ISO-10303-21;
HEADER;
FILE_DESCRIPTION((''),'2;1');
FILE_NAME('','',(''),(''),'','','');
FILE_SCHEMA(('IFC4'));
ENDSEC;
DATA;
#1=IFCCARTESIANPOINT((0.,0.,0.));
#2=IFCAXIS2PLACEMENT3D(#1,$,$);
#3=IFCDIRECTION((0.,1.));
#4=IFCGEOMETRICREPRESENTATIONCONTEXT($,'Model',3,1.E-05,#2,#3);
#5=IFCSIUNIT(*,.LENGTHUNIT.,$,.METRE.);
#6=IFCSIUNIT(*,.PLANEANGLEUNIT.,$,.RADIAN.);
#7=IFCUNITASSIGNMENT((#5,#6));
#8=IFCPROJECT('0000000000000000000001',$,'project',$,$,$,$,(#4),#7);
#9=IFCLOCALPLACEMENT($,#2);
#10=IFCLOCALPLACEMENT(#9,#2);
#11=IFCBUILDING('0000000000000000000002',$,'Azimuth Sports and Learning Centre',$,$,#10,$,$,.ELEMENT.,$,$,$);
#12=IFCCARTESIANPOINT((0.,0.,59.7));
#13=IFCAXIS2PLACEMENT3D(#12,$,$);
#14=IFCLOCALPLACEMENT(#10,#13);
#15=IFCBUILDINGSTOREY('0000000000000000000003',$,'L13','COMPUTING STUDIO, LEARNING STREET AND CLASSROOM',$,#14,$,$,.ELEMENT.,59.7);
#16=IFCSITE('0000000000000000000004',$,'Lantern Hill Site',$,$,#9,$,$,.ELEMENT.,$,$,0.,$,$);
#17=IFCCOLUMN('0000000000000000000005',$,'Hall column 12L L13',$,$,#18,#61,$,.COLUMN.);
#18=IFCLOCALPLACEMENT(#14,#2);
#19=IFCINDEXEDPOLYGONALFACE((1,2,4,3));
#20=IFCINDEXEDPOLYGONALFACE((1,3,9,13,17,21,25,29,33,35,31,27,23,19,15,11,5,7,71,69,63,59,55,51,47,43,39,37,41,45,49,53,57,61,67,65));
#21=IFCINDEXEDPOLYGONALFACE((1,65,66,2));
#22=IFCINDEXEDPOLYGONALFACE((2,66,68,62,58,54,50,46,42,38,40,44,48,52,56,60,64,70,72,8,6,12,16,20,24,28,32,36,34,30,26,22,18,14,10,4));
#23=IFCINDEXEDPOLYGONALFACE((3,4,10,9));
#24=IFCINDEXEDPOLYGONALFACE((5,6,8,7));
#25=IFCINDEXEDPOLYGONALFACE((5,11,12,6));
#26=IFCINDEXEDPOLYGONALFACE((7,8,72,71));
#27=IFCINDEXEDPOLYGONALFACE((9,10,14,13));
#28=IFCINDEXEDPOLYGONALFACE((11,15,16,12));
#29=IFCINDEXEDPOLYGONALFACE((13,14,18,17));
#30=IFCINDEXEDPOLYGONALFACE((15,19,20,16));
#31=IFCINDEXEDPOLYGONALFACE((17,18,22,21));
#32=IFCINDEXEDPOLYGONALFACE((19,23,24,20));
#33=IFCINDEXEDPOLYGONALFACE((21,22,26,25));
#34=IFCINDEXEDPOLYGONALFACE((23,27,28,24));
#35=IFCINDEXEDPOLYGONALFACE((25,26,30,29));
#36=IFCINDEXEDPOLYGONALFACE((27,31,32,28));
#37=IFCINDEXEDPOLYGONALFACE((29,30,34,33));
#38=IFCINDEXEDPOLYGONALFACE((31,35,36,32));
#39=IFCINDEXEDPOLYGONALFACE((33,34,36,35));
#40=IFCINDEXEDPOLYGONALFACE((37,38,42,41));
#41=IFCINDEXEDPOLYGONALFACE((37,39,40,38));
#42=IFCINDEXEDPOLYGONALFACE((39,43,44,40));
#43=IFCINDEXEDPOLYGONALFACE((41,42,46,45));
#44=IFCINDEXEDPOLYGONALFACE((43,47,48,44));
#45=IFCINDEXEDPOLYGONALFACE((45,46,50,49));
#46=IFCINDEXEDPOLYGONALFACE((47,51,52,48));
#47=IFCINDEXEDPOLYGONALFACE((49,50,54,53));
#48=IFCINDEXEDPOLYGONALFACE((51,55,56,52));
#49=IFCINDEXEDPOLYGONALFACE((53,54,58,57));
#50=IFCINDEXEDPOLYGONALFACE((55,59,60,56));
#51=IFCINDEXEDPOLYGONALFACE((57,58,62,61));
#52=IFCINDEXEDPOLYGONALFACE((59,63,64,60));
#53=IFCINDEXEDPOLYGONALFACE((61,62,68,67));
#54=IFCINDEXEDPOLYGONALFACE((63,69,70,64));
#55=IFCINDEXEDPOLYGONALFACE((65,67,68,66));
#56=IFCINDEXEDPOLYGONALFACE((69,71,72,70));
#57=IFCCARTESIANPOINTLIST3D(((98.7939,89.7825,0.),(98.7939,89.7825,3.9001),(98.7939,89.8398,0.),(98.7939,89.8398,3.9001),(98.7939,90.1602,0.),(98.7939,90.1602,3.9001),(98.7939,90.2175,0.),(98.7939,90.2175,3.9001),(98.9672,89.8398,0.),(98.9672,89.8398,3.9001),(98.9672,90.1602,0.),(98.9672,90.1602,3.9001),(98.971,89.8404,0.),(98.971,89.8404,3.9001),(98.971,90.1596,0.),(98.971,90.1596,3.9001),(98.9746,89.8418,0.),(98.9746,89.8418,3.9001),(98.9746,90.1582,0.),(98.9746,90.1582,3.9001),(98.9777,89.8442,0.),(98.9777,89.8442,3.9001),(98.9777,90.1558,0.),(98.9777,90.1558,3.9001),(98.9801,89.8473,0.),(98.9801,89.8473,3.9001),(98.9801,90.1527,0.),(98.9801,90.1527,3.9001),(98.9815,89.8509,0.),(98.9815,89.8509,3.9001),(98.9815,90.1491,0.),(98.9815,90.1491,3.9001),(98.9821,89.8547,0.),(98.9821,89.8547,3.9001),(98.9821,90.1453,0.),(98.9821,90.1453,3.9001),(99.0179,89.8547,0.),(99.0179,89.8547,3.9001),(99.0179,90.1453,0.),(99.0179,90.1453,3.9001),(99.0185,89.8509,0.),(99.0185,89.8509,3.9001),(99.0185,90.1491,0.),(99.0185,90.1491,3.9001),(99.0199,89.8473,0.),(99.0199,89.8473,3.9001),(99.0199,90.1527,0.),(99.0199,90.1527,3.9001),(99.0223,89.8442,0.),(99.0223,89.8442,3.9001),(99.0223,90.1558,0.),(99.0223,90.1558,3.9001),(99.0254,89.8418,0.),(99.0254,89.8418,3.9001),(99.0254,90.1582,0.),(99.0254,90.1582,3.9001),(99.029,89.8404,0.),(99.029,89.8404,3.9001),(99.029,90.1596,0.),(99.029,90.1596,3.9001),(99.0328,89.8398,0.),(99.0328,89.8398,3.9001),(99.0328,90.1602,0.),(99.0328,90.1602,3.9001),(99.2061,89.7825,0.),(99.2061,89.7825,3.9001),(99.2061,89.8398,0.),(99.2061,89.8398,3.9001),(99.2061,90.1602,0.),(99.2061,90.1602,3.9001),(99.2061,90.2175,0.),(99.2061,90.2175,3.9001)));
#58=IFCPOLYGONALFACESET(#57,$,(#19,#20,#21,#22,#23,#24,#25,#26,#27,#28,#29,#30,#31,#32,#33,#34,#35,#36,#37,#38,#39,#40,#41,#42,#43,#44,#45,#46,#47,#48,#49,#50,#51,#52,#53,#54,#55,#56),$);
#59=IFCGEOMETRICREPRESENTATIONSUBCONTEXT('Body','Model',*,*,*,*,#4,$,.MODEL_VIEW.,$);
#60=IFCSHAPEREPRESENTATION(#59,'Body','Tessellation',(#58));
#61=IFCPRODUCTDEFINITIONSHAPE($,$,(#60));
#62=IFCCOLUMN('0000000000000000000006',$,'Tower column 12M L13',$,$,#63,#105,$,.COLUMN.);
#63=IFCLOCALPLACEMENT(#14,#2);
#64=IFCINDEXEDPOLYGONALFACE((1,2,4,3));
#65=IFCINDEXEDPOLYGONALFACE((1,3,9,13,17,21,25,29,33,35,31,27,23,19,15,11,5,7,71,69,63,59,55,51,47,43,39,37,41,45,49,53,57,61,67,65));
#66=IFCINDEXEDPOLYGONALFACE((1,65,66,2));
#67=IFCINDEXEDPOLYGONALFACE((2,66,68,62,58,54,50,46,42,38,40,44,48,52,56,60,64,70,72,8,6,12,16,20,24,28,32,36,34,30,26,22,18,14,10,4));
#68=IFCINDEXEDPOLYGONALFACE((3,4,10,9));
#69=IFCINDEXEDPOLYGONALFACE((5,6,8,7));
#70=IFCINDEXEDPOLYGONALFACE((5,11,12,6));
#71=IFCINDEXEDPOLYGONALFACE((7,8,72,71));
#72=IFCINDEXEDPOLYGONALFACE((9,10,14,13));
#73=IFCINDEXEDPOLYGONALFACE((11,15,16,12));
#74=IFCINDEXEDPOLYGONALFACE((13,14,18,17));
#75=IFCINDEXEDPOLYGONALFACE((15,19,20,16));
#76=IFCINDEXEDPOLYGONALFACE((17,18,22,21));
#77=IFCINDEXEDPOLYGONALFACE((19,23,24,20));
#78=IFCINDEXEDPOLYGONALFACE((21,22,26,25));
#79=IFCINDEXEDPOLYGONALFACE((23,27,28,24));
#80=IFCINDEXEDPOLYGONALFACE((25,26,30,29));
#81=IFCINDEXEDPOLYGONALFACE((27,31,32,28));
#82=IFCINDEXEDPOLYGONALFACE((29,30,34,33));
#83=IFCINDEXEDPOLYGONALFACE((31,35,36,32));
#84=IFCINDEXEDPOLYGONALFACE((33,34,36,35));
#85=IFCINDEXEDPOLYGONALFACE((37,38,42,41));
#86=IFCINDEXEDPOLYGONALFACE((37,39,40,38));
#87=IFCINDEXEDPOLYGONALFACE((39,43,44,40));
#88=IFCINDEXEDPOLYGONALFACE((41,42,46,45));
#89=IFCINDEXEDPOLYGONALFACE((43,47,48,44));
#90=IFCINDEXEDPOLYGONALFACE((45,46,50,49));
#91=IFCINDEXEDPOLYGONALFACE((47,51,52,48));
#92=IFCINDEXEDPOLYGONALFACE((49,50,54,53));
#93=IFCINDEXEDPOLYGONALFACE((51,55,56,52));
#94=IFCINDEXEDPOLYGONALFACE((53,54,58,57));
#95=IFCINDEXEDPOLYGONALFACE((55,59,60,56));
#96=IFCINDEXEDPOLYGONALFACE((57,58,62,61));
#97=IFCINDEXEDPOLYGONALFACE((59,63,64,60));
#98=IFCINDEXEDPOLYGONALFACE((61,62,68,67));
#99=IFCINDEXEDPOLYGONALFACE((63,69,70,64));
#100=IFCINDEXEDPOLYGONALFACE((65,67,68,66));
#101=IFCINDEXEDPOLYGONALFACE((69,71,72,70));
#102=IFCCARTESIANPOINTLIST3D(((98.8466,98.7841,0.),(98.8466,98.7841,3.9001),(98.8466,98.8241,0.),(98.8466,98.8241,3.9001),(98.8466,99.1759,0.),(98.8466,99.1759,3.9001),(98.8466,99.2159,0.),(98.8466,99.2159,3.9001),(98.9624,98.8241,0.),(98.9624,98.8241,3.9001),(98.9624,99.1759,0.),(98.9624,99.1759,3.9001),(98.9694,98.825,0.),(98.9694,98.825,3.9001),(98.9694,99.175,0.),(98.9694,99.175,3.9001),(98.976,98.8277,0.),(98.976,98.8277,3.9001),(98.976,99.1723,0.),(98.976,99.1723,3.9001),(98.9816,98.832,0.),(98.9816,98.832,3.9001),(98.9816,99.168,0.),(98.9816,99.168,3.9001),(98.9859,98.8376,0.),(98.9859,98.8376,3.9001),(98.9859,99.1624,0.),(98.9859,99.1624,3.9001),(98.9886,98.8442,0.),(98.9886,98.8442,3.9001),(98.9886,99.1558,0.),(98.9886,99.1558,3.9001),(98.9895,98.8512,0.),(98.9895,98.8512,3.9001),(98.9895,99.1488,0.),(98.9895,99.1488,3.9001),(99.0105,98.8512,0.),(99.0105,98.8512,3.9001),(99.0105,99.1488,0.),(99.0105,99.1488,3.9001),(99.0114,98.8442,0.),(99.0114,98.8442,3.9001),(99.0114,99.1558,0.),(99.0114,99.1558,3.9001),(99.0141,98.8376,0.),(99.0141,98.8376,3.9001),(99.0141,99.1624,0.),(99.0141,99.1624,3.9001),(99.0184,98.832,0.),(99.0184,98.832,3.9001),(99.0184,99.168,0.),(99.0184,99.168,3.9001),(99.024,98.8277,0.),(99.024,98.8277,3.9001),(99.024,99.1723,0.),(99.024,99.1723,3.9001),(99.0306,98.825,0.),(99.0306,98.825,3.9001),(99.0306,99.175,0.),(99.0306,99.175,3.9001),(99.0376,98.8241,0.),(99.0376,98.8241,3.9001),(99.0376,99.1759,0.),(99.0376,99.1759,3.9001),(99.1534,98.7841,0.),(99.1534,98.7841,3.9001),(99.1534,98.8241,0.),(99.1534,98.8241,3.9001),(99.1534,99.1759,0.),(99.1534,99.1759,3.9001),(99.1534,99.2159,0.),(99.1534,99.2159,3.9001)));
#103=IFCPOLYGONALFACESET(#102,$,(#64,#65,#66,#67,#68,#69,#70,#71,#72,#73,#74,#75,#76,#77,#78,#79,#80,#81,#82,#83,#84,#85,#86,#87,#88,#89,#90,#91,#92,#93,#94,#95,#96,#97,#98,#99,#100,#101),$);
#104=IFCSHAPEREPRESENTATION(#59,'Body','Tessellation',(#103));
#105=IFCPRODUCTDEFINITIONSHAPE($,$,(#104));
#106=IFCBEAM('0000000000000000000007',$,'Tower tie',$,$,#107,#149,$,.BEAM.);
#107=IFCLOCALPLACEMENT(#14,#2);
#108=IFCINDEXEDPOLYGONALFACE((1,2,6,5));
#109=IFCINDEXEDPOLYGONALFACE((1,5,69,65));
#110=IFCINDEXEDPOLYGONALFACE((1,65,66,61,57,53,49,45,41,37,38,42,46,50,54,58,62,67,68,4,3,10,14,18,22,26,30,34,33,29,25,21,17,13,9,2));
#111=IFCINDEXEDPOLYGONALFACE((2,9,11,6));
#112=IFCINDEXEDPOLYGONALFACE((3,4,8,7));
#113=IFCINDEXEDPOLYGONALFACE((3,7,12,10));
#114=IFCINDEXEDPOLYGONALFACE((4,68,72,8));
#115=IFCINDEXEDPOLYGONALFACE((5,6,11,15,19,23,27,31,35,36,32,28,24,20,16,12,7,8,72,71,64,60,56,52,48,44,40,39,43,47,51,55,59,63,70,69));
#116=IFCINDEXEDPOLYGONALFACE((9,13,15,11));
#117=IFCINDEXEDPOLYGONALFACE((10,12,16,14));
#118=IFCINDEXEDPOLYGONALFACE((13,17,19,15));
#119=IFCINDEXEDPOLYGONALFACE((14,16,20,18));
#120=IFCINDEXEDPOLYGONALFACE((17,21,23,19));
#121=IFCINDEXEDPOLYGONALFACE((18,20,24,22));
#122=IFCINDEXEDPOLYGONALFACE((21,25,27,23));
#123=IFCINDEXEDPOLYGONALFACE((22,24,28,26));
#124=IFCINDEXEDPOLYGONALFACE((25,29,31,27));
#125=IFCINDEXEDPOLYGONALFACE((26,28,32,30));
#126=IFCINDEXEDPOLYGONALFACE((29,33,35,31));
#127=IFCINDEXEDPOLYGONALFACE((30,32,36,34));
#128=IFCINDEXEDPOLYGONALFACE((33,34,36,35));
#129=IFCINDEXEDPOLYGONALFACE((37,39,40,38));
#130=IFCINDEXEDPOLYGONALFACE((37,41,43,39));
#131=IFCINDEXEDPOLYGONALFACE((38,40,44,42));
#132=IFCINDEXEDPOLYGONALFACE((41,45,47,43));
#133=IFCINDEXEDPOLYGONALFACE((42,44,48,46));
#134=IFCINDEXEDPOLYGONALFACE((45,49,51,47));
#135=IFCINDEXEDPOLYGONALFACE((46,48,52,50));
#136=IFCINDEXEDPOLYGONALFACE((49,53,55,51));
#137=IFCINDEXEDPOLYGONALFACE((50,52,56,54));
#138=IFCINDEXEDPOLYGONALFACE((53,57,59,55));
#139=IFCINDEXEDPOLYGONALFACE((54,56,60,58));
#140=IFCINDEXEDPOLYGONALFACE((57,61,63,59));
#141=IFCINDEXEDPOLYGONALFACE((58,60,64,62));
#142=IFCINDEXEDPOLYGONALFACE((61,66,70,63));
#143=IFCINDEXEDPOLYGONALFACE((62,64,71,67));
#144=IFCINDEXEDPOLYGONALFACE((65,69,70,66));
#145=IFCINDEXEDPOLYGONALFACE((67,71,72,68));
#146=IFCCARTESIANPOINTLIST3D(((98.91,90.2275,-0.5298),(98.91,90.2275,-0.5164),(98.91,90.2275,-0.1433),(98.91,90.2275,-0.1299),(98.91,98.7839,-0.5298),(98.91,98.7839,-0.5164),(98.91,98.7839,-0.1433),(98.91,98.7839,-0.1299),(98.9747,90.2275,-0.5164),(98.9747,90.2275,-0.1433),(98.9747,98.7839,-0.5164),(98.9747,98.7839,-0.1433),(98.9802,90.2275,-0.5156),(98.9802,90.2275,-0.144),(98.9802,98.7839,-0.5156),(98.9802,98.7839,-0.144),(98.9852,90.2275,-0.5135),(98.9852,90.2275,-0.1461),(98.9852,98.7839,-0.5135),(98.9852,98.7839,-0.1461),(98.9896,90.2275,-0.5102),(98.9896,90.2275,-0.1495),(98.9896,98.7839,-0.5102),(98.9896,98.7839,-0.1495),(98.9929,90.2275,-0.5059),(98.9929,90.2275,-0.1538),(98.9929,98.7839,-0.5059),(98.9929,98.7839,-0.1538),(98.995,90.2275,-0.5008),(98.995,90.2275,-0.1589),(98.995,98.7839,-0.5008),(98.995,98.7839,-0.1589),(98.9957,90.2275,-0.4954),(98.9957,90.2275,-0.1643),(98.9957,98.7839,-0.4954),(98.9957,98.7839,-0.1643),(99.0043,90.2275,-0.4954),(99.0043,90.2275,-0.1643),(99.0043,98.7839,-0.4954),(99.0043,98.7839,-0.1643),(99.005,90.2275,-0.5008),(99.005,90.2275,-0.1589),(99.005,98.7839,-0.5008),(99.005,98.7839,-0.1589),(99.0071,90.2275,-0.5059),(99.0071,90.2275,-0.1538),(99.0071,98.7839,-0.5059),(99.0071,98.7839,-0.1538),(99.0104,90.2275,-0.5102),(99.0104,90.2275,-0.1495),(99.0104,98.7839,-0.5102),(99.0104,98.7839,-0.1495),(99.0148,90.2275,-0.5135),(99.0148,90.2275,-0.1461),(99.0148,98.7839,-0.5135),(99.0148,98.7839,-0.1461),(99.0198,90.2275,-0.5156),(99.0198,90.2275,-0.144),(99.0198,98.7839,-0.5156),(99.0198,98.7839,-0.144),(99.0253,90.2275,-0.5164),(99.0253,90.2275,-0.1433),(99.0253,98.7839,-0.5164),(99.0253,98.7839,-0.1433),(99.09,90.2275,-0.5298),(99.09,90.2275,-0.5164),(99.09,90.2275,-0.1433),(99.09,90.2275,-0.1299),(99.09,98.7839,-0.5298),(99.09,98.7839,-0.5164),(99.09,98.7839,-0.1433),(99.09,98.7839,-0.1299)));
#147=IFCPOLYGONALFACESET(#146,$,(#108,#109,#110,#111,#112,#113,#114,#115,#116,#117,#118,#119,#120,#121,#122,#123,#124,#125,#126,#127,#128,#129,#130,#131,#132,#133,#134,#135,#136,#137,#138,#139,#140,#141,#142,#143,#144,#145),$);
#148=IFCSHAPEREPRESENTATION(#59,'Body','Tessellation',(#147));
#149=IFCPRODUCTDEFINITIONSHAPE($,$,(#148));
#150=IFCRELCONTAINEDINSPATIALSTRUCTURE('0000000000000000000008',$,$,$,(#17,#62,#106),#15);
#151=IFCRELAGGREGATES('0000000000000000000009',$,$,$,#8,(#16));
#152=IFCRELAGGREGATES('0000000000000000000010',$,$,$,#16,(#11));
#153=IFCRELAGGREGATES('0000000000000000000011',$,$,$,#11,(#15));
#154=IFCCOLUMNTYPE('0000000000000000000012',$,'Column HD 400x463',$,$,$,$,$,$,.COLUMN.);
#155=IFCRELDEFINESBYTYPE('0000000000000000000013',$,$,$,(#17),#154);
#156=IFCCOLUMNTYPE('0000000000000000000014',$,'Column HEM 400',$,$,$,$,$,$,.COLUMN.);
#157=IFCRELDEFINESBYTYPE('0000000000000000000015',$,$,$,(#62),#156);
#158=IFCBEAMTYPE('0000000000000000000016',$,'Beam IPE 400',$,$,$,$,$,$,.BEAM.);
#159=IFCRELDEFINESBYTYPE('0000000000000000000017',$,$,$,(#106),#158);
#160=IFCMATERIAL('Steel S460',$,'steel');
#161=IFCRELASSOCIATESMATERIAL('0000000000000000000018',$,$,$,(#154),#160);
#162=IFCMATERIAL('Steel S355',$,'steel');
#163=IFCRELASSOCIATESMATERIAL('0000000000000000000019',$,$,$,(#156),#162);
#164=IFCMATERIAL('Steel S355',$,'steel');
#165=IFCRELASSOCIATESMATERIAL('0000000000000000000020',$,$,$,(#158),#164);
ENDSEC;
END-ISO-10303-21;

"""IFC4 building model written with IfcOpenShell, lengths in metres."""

from ifc_helpers import new_model, si_unit, direction, frame, origin, origin_2d, place, context, subcontext, project, spatial, i_section, extrude, material, material_profile, profile_set, type_object, element, save


model = new_model("IFC4")

# Units and contexts
model_context = context("Model", 3, precision=1e-05, world=origin(), true_north=direction((0.0, 1.0)))
body_context = subcontext(model_context, "Body", "Model", "MODEL_VIEW")
ifc_project = project(units=[si_unit("LENGTHUNIT", "METRE"), si_unit("PLANEANGLEUNIT", "RADIAN")], contexts=[model_context])

# Site, building, storey
site_placement = place(None, origin())
site = spatial("IfcSite", under=ifc_project, at=site_placement, Name="Lantern Hill Site", CompositionType="ELEMENT", RefElevation=0.0)
building_placement = place(site_placement, origin())
building = spatial("IfcBuilding", under=site, at=building_placement, Name="Azimuth Sports and Learning Centre", CompositionType="ELEMENT")
storey_placement = place(building_placement, frame((0.0, 0.0, 59.7)))
storey = spatial("IfcBuildingStorey", under=building, at=storey_placement, Name="L13", Description="COMPUTING STUDIO, LEARNING STREET AND CLASSROOM", CompositionType="ELEMENT", Elevation=59.7)

# Columns
ifc_material_1 = material(Name="Steel S460", Category="steel")
ifc_material_profile_1 = material_profile(ifc_material_1, i_section(OverallWidth=0.4121, OverallDepth=0.4351, WebThickness=0.0359, FlangeThickness=0.0574, FilletRadius=0.0149, at=origin_2d()), Name="HD 400x463")
ifc_profile_set_1 = profile_set([ifc_material_profile_1], Name="Steel S460")
column_type_1 = type_object("IfcColumnType", Name="Column HD 400x463", PredefinedType="COLUMN", material=ifc_profile_set_1)
column_1_placement = place(storey_placement, frame((99.0, 90.0, 0.0), z_axis=(0.0, 0.0, 1.0), x_axis=(1.0, 0.0, 0.0)))
element("IfcColumn", 1, at=column_1_placement, inside=storey, type_object=column_type_1, Name="Hall column 12L L13", PredefinedType="COLUMN", context=body_context, shape_type="SweptSolid", body=[
    extrude(i_section(OverallWidth=0.4121, OverallDepth=0.4351, WebThickness=0.0359, FlangeThickness=0.0574, FilletRadius=0.0149, at=origin_2d()), origin(), (0.0, 0.0, 1.0), 3.9001),
])
ifc_material_2 = material(Name="Steel S355", Category="steel")
ifc_material_profile_2 = material_profile(ifc_material_2, i_section(OverallWidth=0.3069, OverallDepth=0.4319, WebThickness=0.021, FlangeThickness=0.04, FilletRadius=0.0271, at=origin_2d()), Name="HEM 400")
ifc_profile_set_2 = profile_set([ifc_material_profile_2], Name="Steel S355")
column_type_2 = type_object("IfcColumnType", Name="Column HEM 400", PredefinedType="COLUMN", material=ifc_profile_set_2)
column_2_placement = place(storey_placement, frame((99.0, 99.0, 0.0), z_axis=(0.0, 0.0, 1.0), x_axis=(1.0, 0.0, 0.0)))
element("IfcColumn", 2, at=column_2_placement, inside=storey, type_object=column_type_2, Name="Tower column 12M L13", PredefinedType="COLUMN", context=body_context, shape_type="SweptSolid", body=[
    extrude(i_section(OverallWidth=0.3069, OverallDepth=0.4319, WebThickness=0.021, FlangeThickness=0.04, FilletRadius=0.0271, at=origin_2d()), origin(), (0.0, 0.0, 1.0), 3.9001),
])

# Beam
ifc_material_3 = material(Name="Steel S355", Category="steel")
ifc_material_profile_3 = material_profile(ifc_material_3, i_section(OverallWidth=0.1799, OverallDepth=0.3999, WebThickness=0.0085, FlangeThickness=0.0134, FilletRadius=0.021, at=origin_2d()), Name="IPE 400")
ifc_profile_set_3 = profile_set([ifc_material_profile_3], Name="Steel S355")
beam_type_1 = type_object("IfcBeamType", Name="Beam IPE 400", PredefinedType="BEAM", material=ifc_profile_set_3)
beam_1_placement = place(storey_placement, frame((99.0, 90.2275, -0.3298), z_axis=(0.0, 1.0, 0.0), x_axis=(-1.0, 0.0, 0.0)))
element("IfcBeam", 3, at=beam_1_placement, inside=storey, type_object=beam_type_1, Name="Tower tie", PredefinedType="BEAM", context=body_context, shape_type="SweptSolid", body=[
    extrude(i_section(OverallWidth=0.1799, OverallDepth=0.3999, WebThickness=0.0085, FlangeThickness=0.0134, FilletRadius=0.021, at=origin_2d()), origin(), (0.0, 0.0, 1.0), 8.5564),
])

save(model, "model.ifc")
